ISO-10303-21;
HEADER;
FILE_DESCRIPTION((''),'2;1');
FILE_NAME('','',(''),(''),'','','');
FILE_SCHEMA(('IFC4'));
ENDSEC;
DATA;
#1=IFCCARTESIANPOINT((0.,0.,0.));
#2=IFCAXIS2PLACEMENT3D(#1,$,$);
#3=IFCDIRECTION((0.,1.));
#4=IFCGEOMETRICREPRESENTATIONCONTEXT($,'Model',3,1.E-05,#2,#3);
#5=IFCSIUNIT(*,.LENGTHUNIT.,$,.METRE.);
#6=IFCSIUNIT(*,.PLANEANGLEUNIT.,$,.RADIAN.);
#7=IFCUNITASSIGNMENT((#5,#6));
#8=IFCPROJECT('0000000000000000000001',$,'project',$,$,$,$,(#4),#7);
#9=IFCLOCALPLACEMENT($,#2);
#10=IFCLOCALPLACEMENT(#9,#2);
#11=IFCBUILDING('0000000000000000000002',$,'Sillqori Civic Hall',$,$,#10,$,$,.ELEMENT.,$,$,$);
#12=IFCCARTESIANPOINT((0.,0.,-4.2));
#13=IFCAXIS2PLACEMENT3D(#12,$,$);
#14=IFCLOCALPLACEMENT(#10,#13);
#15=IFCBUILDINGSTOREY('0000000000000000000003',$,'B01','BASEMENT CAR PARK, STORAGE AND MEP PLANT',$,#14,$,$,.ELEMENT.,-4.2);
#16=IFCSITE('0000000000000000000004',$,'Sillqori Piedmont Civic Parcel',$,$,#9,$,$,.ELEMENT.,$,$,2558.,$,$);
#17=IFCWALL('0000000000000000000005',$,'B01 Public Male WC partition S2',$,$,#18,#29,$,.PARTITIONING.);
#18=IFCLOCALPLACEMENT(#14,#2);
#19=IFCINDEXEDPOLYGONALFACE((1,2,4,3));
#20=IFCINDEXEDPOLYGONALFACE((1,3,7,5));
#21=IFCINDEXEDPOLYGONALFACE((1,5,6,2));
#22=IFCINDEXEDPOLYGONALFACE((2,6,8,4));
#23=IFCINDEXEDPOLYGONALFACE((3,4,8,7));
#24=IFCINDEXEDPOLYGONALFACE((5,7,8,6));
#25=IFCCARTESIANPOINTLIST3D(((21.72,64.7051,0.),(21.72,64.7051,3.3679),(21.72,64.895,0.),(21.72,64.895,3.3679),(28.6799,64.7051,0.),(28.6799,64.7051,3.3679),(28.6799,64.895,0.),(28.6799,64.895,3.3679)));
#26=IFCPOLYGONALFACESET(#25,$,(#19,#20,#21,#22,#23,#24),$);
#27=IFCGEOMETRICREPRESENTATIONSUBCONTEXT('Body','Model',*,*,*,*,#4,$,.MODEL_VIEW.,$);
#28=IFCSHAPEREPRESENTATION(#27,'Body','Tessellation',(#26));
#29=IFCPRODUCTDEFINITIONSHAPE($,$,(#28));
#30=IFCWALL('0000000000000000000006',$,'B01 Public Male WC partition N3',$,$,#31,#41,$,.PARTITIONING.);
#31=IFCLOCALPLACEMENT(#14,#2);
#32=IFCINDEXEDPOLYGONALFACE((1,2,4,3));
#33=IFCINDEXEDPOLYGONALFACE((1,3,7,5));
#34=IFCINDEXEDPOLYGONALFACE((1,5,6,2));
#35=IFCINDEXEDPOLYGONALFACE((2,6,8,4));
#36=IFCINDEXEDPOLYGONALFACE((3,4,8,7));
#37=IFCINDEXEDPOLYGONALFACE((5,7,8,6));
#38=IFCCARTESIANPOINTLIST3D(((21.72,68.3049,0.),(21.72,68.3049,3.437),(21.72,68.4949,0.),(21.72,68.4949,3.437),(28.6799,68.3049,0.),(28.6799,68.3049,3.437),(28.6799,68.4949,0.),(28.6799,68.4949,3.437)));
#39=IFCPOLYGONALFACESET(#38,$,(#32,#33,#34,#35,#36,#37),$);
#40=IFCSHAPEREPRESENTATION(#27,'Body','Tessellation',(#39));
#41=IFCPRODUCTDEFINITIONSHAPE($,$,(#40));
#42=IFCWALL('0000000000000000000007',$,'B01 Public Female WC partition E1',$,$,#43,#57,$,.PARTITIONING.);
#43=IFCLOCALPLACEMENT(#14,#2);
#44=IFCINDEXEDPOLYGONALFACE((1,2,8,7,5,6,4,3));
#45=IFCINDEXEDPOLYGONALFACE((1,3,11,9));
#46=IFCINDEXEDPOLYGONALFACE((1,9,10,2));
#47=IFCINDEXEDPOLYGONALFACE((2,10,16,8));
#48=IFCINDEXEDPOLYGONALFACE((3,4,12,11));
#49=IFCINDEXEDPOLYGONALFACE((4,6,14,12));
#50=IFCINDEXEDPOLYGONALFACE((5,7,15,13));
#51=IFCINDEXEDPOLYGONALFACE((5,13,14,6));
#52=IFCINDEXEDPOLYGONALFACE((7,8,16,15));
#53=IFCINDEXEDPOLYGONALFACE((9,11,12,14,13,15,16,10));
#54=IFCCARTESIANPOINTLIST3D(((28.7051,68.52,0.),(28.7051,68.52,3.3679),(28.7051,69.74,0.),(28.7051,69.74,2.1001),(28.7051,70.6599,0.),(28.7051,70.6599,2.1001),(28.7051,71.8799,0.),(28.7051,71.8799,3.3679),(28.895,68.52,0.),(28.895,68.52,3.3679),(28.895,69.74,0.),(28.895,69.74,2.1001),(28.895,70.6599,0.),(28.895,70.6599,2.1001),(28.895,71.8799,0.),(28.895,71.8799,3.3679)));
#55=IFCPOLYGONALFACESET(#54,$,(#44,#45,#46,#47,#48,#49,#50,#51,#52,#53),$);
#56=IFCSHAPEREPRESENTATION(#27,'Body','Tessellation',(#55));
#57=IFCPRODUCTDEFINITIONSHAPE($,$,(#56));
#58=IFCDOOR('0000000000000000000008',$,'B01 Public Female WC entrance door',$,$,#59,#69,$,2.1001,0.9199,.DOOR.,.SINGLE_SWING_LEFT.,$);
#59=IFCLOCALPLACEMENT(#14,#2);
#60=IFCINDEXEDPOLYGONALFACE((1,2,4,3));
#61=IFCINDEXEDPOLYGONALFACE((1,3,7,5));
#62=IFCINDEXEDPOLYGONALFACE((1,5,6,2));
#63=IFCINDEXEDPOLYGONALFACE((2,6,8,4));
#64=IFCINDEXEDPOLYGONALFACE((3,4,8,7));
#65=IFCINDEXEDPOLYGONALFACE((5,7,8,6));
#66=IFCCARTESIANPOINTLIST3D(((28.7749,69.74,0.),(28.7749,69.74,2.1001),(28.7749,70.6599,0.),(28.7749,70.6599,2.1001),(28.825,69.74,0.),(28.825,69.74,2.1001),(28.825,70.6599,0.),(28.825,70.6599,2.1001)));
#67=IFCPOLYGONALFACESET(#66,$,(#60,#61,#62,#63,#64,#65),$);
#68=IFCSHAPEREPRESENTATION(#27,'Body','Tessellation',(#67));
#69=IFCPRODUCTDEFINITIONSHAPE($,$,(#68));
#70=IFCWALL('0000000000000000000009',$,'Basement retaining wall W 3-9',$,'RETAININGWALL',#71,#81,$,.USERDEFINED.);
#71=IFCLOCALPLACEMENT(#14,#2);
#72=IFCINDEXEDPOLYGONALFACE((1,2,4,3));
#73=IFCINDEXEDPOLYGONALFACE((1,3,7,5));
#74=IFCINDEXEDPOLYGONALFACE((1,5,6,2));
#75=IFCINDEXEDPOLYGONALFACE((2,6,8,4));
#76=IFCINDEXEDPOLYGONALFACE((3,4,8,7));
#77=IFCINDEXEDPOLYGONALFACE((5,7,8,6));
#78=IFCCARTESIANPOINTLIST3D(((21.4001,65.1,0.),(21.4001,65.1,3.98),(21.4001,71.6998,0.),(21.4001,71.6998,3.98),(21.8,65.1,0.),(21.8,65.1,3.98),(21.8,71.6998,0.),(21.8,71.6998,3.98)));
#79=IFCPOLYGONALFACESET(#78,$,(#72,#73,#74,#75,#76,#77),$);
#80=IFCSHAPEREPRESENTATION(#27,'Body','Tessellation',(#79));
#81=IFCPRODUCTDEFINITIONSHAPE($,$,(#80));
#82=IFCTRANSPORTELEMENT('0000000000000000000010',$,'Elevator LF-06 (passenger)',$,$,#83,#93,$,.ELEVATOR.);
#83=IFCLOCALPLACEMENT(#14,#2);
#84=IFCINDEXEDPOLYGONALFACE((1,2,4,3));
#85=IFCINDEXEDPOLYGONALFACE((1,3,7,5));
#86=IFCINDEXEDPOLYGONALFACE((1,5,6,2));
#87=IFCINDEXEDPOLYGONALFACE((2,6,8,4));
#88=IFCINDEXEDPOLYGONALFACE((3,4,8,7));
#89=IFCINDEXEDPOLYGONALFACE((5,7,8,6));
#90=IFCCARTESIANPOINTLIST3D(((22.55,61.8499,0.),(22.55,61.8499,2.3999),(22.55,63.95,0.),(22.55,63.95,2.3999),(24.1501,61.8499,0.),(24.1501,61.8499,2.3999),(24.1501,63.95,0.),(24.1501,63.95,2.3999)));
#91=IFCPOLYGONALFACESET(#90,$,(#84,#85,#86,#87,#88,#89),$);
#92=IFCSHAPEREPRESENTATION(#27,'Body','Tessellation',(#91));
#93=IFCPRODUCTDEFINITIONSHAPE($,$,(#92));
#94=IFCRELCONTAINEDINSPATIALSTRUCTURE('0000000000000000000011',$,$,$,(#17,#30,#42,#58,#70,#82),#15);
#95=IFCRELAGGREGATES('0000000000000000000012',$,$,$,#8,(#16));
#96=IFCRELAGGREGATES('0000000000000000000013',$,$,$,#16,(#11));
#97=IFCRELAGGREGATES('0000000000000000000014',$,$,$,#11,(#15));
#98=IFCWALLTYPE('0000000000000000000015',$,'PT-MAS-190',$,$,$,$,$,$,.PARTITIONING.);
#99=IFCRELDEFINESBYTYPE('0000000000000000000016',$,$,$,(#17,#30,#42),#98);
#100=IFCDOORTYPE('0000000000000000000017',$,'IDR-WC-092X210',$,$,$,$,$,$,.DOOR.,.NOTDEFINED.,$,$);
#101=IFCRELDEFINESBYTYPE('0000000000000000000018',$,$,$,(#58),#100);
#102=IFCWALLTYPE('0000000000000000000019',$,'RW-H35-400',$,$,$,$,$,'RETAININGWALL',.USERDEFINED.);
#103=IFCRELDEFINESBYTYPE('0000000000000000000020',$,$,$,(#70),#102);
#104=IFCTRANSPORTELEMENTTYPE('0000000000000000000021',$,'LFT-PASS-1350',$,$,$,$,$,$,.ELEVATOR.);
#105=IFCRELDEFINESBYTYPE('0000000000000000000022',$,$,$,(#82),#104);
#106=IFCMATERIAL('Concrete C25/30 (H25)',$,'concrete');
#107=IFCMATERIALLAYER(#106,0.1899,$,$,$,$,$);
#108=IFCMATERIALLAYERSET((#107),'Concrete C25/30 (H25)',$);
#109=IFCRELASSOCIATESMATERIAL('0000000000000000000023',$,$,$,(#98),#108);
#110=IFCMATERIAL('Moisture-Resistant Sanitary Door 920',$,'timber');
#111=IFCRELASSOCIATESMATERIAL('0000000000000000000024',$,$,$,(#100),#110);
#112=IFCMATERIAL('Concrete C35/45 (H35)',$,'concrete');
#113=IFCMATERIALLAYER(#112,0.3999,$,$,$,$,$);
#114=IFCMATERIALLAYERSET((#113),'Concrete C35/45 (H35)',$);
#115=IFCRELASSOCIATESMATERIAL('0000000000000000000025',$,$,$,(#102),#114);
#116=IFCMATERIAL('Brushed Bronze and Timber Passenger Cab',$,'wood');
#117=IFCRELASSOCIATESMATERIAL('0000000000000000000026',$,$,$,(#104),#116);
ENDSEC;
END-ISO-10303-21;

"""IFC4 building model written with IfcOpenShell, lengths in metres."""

from ifc_helpers import new_model, si_unit, direction, frame, frame_2d, origin, origin_2d, place, context, subcontext, project, spatial, rectangle, extrude, material, layer, layer_set, type_object, element, fill, save


model = new_model("IFC4")

# Units and contexts
model_context = context("Model", 3, precision=1e-05, world=origin(), true_north=direction((0.0, 1.0)))
body_context = subcontext(model_context, "Body", "Model", "MODEL_VIEW")
ifc_project = project(units=[si_unit("LENGTHUNIT", "METRE"), si_unit("PLANEANGLEUNIT", "RADIAN")], contexts=[model_context])

# Site, building, storey
site_placement = place(None, origin())
site = spatial("IfcSite", under=ifc_project, at=site_placement, Name="Sillqori Piedmont Civic Parcel", CompositionType="ELEMENT", RefElevation=2558.0)
building_placement = place(site_placement, origin())
building = spatial("IfcBuilding", under=site, at=building_placement, Name="Sillqori Civic Hall", CompositionType="ELEMENT")
storey_placement = place(building_placement, frame((0.0, 0.0, -4.2)))
storey = spatial("IfcBuildingStorey", under=building, at=storey_placement, Name="B01", Description="BASEMENT CAR PARK, STORAGE AND MEP PLANT", CompositionType="ELEMENT", Elevation=-4.2)

# Shared definitions
ifc_material_1 = material(Name="Concrete C35/45 (H35)", Category="concrete")

# Shared definitions
ifc_material_2 = material(Name="Concrete C25/30 (H25)", Category="concrete")
ifc_layer_1 = layer(ifc_material_2, 0.1899)
ifc_layer_set_1 = layer_set([ifc_layer_1], Name="Concrete C25/30 (H25)")
wall_type_1 = type_object("IfcWallType", Name="PT-MAS-190", PredefinedType="PARTITIONING", material=ifc_layer_set_1)

# Walls
wall_1_placement = place(storey_placement, frame((28.6799, 64.8, 0.0), z_axis=(0.0, 0.0, 1.0), x_axis=(-1.0, 0.0, 0.0)))
element("IfcWall", 1, at=wall_1_placement, inside=storey, type_object=wall_type_1, Name="B01 Public Male WC partition S2", PredefinedType="PARTITIONING", context=body_context, shape_type="SweptSolid", body=[
    extrude(rectangle(XDim=6.96, YDim=0.1899, at=frame_2d((3.48, 0.0))), origin(), (0.0, 0.0, 1.0), 3.3679),
])
wall_2_placement = place(storey_placement, frame((21.72, 68.3999, 0.0), z_axis=(0.0, 0.0, 1.0), x_axis=(1.0, 0.0, 0.0)))
element("IfcWall", 2, at=wall_2_placement, inside=storey, type_object=wall_type_1, Name="B01 Public Male WC partition N3", PredefinedType="PARTITIONING", context=body_context, shape_type="SweptSolid", body=[
    extrude(rectangle(XDim=6.96, YDim=0.1899, at=frame_2d((3.48, 0.0))), origin(), (0.0, 0.0, 1.0), 3.437),
])

# Wall, opening, door
wall_3_placement = place(storey_placement, frame((28.8, 71.8799, 0.0), z_axis=(0.0, 0.0, 1.0), x_axis=(0.0, -1.0, 0.0)))
wall_3 = element("IfcWall", 3, at=wall_3_placement, inside=storey, type_object=wall_type_1, Name="B01 Public Female WC partition E1", PredefinedType="PARTITIONING", context=body_context, shape_type="SweptSolid", body=[
    extrude(rectangle(XDim=3.3599, YDim=0.1899, at=frame_2d((1.6799, 0.0))), origin(), (0.0, 0.0, 1.0), 3.3679),
])
opening_1_placement = place(wall_3_placement, frame((1.22, 0.0, 0.0)))
opening_1 = element("IfcOpeningElement", 4, at=opening_1_placement, cuts=wall_3, PredefinedType="OPENING", context=body_context, shape_type="SweptSolid", body=[
    extrude(rectangle(XDim=0.9199, YDim=2.1001, at=frame_2d((0.46, 1.05))), frame((0.0, 0.105, 0.0), z_axis=(0.0, -1.0, 0.0), x_axis=(1.0, 0.0, 0.0)), (0.0, 0.0, 1.0), 0.21),
])
ifc_material_3 = material(Name="Moisture-Resistant Sanitary Door 920", Category="timber")
door_type_1 = type_object("IfcDoorType", Name="IDR-WC-092X210", OperationType="NOTDEFINED", PredefinedType="DOOR", material=ifc_material_3)
door_1_placement = place(opening_1_placement, origin())
door_1 = element("IfcDoor", 5, at=door_1_placement, inside=storey, type_object=door_type_1, Name="B01 Public Female WC entrance door", OperationType="SINGLE_SWING_LEFT", OverallHeight=2.1001, OverallWidth=0.9199, PredefinedType="DOOR", context=body_context, shape_type="SweptSolid", body=[
    extrude(rectangle(XDim=0.9199, YDim=2.1001, at=frame_2d((0.46, 1.05))), frame((0.0, 0.0249, 0.0), z_axis=(0.0, -1.0, 0.0), x_axis=(1.0, 0.0, 0.0)), (0.0, 0.0, 1.0), 0.05),
])
fill(opening_1, door_1)

# Wall
ifc_layer_2 = layer(ifc_material_1, 0.3999)
ifc_layer_set_2 = layer_set([ifc_layer_2], Name="Concrete C35/45 (H35)")
wall_type_2 = type_object("IfcWallType", Name="RW-H35-400", ElementType="RETAININGWALL", PredefinedType="USERDEFINED", material=ifc_layer_set_2)
wall_4_placement = place(storey_placement, frame((21.6001, 65.1001, 0.0), z_axis=(0.0, 0.0, 1.0), x_axis=(0.0, 1.0, 0.0)))
element("IfcWall", 6, at=wall_4_placement, inside=storey, type_object=wall_type_2, Name="Basement retaining wall W 3-9", ObjectType="RETAININGWALL", PredefinedType="USERDEFINED", context=body_context, shape_type="SweptSolid", body=[
    extrude(rectangle(XDim=6.5999, YDim=0.3999, at=frame_2d((3.2998, 0.0))), origin(), (0.0, 0.0, 1.0), 3.98),
])

# Transport element
ifc_material_4 = material(Name="Brushed Bronze and Timber Passenger Cab", Category="wood")
transport_element_type = type_object("IfcTransportElementType", Name="LFT-PASS-1350", PredefinedType="ELEVATOR", material=ifc_material_4)
transport_element_placement = place(storey_placement, frame((23.3501, 62.8999, 0.0), z_axis=(0.0, 0.0, 1.0), x_axis=(1.0, 0.0, 0.0)))
element("IfcTransportElement", 7, at=transport_element_placement, inside=storey, type_object=transport_element_type, Name="Elevator LF-06 (passenger)", PredefinedType="ELEVATOR", context=body_context, shape_type="SweptSolid", body=[
    extrude(rectangle(XDim=1.6001, YDim=2.1001, at=origin_2d()), origin(), (0.0, 0.0, 1.0), 2.3999),
])

save(model, "model.ifc")
